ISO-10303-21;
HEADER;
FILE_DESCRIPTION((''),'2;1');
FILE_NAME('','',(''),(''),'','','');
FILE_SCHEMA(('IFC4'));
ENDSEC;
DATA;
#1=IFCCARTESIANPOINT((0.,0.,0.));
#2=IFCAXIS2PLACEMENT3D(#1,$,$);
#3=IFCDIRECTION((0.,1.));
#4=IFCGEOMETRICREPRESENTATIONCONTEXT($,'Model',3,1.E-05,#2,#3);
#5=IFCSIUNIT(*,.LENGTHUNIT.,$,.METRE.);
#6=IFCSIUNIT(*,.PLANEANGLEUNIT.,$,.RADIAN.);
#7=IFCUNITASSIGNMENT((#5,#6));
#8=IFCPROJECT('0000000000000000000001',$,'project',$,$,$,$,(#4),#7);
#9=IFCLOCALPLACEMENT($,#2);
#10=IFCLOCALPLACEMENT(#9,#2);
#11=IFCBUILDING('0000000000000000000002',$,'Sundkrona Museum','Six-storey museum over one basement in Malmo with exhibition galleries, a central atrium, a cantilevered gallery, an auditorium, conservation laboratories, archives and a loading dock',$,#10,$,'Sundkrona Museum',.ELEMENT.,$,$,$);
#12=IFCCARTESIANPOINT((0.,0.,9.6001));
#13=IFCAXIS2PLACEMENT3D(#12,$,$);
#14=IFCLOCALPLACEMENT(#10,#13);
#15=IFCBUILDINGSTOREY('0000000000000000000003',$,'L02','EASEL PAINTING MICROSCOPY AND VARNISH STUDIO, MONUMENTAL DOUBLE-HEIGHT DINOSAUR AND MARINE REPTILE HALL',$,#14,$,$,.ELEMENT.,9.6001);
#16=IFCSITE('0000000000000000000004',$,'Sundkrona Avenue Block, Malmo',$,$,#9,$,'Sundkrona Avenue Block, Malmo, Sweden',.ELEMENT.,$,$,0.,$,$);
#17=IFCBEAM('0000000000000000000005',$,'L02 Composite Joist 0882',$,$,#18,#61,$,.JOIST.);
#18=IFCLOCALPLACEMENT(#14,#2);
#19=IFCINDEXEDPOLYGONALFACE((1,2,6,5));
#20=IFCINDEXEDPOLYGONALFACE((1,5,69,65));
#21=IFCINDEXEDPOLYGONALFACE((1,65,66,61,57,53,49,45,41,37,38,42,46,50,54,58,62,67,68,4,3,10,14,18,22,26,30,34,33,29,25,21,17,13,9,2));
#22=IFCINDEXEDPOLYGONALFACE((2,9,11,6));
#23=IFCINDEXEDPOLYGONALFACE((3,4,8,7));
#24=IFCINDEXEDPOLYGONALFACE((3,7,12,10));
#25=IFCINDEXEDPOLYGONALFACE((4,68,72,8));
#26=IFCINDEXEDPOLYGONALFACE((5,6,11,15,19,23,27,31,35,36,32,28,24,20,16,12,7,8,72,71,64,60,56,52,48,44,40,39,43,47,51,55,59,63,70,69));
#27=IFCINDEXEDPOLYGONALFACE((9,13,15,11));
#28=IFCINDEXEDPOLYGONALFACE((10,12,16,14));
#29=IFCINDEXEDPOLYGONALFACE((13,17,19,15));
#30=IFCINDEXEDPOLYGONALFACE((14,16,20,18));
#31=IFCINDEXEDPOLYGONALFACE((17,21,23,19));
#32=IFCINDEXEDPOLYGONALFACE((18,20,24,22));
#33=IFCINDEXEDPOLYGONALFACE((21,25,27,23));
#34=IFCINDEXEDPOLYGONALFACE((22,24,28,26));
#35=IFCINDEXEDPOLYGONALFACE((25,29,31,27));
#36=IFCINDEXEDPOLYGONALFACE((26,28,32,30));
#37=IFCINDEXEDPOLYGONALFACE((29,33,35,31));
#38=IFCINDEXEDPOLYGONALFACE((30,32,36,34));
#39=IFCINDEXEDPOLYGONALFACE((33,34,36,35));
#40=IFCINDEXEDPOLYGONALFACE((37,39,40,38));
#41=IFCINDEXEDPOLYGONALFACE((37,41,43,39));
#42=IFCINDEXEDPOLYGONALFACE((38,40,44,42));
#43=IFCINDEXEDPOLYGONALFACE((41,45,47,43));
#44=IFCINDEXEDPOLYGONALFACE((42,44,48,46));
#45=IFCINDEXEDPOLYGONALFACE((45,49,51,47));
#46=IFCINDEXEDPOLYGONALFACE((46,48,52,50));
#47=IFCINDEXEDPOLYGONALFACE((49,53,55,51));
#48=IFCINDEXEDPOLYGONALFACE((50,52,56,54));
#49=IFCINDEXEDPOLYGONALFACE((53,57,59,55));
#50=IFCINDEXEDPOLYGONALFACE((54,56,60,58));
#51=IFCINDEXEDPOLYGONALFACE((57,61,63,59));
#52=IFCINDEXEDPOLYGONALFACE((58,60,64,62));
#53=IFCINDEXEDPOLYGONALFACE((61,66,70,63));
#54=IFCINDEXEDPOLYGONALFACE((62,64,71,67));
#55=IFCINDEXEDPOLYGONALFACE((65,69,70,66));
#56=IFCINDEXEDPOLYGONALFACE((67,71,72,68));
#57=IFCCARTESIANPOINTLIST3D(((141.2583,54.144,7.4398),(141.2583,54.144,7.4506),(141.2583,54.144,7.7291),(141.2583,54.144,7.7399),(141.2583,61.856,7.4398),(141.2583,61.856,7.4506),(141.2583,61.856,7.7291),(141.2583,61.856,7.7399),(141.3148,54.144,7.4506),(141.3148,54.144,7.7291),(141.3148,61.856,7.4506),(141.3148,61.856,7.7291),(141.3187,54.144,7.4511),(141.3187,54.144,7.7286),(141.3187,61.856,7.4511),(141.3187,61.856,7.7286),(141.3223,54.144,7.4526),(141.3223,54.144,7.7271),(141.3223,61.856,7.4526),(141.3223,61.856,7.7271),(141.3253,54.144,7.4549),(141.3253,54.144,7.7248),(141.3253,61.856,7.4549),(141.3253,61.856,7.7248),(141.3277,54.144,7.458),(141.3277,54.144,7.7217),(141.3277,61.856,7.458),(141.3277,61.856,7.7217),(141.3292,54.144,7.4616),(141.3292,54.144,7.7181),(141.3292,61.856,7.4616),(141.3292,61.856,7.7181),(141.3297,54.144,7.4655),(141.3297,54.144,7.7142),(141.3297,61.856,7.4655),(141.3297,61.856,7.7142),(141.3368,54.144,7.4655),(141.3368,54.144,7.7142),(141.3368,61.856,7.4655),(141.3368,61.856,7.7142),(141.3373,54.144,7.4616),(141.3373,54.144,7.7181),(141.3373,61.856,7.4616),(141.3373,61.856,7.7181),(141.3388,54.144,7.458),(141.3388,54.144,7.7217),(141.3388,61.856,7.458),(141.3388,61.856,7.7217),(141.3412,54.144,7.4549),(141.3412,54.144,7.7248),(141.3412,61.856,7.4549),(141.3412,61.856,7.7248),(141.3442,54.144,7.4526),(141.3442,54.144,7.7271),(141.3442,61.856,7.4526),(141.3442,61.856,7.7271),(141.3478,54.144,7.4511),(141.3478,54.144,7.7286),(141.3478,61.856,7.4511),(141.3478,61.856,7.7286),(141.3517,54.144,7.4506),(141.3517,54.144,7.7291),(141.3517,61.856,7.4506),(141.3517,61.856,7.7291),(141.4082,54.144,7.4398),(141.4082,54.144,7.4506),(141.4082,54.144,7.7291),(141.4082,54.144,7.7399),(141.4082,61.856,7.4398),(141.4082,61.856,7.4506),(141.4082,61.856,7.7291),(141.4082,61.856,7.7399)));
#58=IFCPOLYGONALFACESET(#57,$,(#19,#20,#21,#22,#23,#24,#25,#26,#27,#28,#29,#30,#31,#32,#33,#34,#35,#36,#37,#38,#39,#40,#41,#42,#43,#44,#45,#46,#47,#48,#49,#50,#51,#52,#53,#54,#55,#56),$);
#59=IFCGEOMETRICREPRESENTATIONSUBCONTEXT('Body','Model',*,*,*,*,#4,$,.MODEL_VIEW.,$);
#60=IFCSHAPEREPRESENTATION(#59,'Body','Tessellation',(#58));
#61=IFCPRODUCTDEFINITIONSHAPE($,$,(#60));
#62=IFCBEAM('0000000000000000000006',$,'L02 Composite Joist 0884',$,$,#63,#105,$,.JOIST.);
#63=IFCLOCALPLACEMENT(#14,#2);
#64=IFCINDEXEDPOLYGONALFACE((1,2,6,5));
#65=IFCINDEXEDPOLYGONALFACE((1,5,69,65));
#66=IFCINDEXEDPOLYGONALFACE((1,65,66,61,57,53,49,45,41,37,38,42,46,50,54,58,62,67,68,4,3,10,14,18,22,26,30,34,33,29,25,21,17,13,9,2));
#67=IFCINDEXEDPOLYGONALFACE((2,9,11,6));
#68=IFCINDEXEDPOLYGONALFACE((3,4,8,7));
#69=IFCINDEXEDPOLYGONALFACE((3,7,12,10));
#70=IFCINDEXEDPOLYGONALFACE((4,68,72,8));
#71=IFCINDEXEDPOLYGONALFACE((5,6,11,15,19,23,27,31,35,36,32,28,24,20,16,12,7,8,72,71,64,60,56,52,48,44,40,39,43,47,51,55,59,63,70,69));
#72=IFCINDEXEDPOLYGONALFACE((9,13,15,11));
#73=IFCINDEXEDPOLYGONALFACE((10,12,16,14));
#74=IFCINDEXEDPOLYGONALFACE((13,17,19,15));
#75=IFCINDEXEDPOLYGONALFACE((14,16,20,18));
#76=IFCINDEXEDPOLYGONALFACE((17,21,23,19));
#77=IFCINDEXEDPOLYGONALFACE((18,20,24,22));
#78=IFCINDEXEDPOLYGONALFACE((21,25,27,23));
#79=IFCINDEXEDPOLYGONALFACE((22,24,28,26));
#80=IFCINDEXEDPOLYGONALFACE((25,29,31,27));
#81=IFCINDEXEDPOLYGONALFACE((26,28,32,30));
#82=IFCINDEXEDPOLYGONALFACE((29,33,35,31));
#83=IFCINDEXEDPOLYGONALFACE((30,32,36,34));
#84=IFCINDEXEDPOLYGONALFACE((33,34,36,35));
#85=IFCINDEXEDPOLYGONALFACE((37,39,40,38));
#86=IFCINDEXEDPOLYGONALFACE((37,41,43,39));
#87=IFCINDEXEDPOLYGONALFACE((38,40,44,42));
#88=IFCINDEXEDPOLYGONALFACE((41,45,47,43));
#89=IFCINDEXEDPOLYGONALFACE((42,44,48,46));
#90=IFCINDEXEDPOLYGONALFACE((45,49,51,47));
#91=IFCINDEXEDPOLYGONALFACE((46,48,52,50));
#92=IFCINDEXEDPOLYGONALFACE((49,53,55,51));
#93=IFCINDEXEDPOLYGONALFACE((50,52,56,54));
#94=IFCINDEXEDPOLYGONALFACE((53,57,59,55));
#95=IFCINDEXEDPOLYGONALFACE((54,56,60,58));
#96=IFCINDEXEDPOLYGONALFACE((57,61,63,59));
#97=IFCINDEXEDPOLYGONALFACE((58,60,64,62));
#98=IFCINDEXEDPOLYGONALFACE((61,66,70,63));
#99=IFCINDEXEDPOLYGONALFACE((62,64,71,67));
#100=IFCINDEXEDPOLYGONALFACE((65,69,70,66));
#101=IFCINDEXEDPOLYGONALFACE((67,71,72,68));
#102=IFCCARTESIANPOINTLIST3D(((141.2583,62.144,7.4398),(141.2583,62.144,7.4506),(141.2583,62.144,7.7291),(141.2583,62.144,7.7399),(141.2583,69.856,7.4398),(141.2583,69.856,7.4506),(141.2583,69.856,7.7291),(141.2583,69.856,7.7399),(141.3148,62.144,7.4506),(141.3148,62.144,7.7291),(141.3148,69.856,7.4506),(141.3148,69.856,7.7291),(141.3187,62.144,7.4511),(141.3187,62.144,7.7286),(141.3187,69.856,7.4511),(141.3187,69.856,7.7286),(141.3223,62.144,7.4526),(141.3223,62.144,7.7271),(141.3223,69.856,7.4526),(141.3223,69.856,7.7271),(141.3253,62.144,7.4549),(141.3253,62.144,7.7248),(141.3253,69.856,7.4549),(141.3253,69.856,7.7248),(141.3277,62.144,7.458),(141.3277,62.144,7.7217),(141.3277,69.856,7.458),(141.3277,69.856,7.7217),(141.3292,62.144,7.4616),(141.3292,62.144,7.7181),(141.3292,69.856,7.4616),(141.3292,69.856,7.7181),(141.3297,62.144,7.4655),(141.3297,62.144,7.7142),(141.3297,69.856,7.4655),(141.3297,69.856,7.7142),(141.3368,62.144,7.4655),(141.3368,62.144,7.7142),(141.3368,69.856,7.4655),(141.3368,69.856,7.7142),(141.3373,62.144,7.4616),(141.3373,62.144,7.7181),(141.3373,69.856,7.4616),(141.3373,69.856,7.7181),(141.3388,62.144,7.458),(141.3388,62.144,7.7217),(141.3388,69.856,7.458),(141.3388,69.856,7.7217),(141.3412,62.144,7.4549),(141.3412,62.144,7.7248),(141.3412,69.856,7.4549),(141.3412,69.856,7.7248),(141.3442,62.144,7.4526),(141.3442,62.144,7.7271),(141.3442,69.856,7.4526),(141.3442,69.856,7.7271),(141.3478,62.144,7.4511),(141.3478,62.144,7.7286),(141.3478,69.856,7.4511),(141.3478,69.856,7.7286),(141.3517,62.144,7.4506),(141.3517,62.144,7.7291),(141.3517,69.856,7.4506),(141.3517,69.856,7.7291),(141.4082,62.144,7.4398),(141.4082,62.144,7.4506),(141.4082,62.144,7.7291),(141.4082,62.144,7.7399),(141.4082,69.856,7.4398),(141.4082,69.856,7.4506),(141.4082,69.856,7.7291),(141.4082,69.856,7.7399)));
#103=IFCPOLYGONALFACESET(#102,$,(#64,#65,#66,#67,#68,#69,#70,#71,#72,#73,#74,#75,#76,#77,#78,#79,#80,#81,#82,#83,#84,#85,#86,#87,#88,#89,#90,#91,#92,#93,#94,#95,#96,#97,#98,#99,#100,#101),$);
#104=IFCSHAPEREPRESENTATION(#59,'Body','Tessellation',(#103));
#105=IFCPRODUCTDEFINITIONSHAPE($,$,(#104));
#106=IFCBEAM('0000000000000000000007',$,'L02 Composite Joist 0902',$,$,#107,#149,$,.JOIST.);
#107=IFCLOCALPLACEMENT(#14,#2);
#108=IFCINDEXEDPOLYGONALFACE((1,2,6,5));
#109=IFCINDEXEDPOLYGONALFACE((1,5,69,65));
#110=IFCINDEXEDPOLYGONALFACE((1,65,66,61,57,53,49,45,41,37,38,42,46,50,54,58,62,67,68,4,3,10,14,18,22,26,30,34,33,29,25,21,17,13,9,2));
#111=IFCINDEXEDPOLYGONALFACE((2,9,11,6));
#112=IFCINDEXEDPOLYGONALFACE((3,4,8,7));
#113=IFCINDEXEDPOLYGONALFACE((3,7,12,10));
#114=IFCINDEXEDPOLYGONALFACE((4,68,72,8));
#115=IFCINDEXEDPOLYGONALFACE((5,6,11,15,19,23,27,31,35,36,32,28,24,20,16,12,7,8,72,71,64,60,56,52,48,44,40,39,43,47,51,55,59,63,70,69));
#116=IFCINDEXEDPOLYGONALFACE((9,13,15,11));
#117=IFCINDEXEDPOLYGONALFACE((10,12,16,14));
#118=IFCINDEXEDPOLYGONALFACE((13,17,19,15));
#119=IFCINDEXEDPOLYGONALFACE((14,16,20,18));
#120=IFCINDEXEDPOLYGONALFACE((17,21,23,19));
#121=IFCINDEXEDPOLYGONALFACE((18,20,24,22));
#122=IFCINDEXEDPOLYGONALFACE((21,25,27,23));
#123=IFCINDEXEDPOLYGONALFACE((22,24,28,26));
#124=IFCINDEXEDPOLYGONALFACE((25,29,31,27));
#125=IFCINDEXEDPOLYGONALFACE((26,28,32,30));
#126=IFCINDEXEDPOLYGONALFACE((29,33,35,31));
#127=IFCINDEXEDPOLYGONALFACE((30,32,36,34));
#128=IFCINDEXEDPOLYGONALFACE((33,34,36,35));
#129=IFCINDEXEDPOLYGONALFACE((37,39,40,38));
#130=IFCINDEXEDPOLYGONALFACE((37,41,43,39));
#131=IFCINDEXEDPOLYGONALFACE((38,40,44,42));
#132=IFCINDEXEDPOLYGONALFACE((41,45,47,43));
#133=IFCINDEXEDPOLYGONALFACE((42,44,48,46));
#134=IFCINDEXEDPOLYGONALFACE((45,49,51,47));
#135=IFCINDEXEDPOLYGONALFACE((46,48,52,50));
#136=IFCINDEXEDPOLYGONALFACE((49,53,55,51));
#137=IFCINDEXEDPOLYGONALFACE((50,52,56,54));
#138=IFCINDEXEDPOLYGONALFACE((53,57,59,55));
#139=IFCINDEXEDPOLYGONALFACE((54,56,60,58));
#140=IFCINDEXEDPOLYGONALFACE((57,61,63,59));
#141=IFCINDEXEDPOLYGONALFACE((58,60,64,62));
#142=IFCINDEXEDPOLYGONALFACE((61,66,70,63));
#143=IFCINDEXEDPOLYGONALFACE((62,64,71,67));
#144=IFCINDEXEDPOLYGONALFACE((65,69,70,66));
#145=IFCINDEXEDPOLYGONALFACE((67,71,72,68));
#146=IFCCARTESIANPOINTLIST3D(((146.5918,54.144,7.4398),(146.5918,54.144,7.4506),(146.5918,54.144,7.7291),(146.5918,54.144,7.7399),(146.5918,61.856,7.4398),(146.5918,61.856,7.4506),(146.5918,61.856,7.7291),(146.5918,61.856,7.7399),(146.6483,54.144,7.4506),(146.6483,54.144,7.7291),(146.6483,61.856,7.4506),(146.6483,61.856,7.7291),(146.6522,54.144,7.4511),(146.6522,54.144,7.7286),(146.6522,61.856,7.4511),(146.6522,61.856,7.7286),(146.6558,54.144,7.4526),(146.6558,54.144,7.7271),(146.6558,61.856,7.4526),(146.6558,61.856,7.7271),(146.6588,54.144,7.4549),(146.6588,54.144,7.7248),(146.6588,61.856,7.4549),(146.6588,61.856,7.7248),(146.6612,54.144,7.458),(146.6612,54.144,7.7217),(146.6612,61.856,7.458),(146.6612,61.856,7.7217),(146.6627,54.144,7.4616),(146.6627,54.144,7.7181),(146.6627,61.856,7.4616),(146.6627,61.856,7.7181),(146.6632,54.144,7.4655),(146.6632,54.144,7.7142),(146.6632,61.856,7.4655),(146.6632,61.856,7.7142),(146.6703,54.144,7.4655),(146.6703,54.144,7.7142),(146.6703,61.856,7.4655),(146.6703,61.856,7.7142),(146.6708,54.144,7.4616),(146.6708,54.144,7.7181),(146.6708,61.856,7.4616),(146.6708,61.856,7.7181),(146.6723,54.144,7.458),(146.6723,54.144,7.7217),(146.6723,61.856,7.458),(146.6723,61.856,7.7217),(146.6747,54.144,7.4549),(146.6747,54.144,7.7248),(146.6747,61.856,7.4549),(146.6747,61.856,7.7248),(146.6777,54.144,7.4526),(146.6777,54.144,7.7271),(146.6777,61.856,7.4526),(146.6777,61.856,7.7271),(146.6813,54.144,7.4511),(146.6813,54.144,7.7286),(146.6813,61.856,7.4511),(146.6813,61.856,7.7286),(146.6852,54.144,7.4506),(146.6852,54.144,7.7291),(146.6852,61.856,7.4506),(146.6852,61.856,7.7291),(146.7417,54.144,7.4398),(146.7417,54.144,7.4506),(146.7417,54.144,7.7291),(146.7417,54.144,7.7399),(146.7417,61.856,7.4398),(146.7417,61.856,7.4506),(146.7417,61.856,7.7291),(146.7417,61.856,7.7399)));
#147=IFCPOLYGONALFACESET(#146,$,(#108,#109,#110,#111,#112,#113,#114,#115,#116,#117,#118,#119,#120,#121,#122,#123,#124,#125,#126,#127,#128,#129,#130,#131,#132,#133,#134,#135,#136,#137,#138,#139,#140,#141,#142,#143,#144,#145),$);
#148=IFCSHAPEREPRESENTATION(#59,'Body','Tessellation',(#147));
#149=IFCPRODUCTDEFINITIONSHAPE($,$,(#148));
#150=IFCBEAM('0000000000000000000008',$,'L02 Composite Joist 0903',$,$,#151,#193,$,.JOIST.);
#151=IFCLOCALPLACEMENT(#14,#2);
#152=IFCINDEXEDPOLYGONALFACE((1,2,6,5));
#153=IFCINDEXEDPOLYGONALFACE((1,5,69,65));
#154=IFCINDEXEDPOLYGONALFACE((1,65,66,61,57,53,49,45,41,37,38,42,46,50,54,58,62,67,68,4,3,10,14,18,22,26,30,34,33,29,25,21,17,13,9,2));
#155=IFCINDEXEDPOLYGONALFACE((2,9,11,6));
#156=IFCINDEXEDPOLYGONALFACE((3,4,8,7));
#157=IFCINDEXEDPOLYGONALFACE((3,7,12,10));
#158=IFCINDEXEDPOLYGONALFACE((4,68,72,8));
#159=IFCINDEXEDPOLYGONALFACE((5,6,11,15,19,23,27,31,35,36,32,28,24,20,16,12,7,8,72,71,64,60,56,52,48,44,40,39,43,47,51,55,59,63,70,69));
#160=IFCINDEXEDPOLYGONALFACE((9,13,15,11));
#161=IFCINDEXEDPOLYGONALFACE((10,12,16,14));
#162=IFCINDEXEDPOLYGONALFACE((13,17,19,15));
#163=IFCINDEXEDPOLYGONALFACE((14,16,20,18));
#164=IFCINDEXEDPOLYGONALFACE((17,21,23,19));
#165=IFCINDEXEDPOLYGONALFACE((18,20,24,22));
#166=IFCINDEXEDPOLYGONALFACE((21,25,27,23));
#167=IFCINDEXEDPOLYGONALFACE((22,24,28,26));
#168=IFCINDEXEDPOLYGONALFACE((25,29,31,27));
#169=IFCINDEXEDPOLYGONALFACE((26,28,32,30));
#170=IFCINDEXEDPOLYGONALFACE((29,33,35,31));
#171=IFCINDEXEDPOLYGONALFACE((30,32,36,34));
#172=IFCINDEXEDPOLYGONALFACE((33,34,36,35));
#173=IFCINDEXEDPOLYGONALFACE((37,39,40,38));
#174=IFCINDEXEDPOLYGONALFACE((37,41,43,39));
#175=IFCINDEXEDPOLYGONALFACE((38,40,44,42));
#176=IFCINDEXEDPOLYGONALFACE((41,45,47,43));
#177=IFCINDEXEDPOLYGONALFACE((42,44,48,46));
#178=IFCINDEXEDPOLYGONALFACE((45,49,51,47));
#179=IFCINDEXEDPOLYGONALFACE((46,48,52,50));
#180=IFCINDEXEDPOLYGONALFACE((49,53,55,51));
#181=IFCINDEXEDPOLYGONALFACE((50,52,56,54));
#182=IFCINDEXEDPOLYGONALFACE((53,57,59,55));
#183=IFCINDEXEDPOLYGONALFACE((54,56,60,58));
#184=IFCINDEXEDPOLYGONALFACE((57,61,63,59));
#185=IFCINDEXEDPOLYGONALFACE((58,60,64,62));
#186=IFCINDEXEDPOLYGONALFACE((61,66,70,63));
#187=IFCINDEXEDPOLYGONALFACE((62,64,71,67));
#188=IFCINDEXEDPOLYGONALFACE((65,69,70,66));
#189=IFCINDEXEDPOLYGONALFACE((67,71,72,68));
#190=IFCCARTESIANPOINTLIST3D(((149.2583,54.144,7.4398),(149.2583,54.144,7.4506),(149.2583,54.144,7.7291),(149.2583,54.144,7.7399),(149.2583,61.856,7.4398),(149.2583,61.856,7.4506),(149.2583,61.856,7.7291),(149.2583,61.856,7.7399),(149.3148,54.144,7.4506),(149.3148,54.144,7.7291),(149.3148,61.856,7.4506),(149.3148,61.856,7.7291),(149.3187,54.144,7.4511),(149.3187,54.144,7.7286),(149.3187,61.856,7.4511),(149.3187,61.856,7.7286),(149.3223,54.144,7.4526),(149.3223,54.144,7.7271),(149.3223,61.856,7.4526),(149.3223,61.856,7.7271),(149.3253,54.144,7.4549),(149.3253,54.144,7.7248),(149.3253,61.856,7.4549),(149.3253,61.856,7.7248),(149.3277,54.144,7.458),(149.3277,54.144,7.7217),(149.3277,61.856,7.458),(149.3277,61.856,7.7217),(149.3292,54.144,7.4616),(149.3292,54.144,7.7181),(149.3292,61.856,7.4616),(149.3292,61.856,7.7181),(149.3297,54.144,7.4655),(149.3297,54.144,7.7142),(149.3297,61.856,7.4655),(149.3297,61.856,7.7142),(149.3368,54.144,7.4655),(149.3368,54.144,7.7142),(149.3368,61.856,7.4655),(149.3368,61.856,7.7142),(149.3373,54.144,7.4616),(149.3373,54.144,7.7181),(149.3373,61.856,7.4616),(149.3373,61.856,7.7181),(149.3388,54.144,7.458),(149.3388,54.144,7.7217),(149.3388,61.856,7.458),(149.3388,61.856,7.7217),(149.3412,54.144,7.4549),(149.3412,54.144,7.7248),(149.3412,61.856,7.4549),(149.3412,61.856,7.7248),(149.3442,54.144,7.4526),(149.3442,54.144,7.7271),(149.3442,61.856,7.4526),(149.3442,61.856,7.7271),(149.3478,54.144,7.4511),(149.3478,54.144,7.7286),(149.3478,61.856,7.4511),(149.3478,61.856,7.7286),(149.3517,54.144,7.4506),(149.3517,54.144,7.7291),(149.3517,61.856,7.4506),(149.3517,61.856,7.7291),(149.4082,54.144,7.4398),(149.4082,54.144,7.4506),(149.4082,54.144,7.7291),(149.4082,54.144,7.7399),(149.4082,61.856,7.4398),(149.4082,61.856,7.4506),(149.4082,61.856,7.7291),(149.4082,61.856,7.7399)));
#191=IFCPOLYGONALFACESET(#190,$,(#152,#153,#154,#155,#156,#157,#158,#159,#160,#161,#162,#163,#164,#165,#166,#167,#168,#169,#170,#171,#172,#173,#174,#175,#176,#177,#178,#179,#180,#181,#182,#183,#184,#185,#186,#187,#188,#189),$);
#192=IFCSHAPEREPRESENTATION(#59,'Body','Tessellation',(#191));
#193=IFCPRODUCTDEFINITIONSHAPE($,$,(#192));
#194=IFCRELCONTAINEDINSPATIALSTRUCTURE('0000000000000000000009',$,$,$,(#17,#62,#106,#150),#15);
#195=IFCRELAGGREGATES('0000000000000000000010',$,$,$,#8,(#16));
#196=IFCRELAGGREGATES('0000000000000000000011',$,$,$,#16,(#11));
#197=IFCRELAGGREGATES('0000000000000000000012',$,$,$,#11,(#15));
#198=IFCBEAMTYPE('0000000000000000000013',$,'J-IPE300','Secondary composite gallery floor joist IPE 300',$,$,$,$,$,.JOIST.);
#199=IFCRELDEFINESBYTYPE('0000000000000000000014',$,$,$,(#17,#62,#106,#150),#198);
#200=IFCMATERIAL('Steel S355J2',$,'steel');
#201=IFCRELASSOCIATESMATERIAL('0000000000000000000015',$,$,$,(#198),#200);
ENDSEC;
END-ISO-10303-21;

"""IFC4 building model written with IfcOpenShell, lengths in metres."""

from ifc_helpers import new_model, si_unit, direction, frame, origin, origin_2d, place, context, subcontext, project, spatial, i_section, extrude, material, material_profile, profile_set, type_object, element, save


model = new_model("IFC4")

# Units and contexts
model_context = context("Model", 3, precision=1e-05, world=origin(), true_north=direction((0.0, 1.0)))
body_context = subcontext(model_context, "Body", "Model", "MODEL_VIEW")
ifc_project = project(units=[si_unit("LENGTHUNIT", "METRE"), si_unit("PLANEANGLEUNIT", "RADIAN")], contexts=[model_context])

# Site, building, storey
site_placement = place(None, origin())
site = spatial("IfcSite", under=ifc_project, at=site_placement, Name="Sundkrona Avenue Block, Malmo", LongName="Sundkrona Avenue Block, Malmo, Sweden", CompositionType="ELEMENT", RefElevation=0.0)
building_placement = place(site_placement, origin())
building = spatial("IfcBuilding", under=site, at=building_placement, Name="Sundkrona Museum", Description="Six-storey museum over one basement in Malmo with exhibition galleries, a central atrium, a cantilevered gallery, an auditorium, conservation laboratories, archives and a loading dock", LongName="Sundkrona Museum", CompositionType="ELEMENT")
storey_placement = place(building_placement, frame((0.0, 0.0, 9.6001)))
storey = spatial("IfcBuildingStorey", under=building, at=storey_placement, Name="L02", Description="EASEL PAINTING MICROSCOPY AND VARNISH STUDIO, MONUMENTAL DOUBLE-HEIGHT DINOSAUR AND MARINE REPTILE HALL", CompositionType="ELEMENT", Elevation=9.6001)

# Shared definitions
ifc_material_1 = material(Name="Steel S355J2", Category="steel")

# Beams
ifc_material_profile_1 = material_profile(ifc_material_1, i_section(OverallWidth=0.1499, OverallDepth=0.3, WebThickness=0.0071, FlangeThickness=0.0107, FilletRadius=0.0149, at=origin_2d()), Name="IPE 300")
ifc_profile_set_1 = profile_set([ifc_material_profile_1], Name="Steel S355J2")
beam_type_1 = type_object("IfcBeamType", Name="J-IPE300", Description="Secondary composite gallery floor joist IPE 300", PredefinedType="JOIST", material=ifc_profile_set_1)
for number, where, z_axis, x_axis, name in (
    (1, (141.3333, 54.144, 7.5898), (0.0, 1.0, 0.0), (-1.0, 0.0, 0.0), "L02 Composite Joist 0882"),
    (2, (141.3333, 62.144, 7.5898), (0.0, 1.0, 0.0), (-1.0, 0.0, 0.0), "L02 Composite Joist 0884"),
    (3, (146.6667, 54.144, 7.5898), (0.0, 1.0, 0.0), (-1.0, 0.0, 0.0), "L02 Composite Joist 0902"),
    (4, (149.3333, 54.144, 7.5898), (0.0, 1.0, 0.0), (-1.0, 0.0, 0.0), "L02 Composite Joist 0903"),
):
    element("IfcBeam", number, at=place(storey_placement, frame(where, z_axis=z_axis, x_axis=x_axis)), inside=storey, type_object=beam_type_1, Name=name, PredefinedType="JOIST", context=body_context, shape_type="SweptSolid", body=[
        extrude(i_section(OverallWidth=0.1499, OverallDepth=0.3, WebThickness=0.0071, FlangeThickness=0.0107, FilletRadius=0.0149, at=origin_2d()), origin(), (0.0, 0.0, 1.0), 7.7119),
    ])

save(model, "model.ifc")
